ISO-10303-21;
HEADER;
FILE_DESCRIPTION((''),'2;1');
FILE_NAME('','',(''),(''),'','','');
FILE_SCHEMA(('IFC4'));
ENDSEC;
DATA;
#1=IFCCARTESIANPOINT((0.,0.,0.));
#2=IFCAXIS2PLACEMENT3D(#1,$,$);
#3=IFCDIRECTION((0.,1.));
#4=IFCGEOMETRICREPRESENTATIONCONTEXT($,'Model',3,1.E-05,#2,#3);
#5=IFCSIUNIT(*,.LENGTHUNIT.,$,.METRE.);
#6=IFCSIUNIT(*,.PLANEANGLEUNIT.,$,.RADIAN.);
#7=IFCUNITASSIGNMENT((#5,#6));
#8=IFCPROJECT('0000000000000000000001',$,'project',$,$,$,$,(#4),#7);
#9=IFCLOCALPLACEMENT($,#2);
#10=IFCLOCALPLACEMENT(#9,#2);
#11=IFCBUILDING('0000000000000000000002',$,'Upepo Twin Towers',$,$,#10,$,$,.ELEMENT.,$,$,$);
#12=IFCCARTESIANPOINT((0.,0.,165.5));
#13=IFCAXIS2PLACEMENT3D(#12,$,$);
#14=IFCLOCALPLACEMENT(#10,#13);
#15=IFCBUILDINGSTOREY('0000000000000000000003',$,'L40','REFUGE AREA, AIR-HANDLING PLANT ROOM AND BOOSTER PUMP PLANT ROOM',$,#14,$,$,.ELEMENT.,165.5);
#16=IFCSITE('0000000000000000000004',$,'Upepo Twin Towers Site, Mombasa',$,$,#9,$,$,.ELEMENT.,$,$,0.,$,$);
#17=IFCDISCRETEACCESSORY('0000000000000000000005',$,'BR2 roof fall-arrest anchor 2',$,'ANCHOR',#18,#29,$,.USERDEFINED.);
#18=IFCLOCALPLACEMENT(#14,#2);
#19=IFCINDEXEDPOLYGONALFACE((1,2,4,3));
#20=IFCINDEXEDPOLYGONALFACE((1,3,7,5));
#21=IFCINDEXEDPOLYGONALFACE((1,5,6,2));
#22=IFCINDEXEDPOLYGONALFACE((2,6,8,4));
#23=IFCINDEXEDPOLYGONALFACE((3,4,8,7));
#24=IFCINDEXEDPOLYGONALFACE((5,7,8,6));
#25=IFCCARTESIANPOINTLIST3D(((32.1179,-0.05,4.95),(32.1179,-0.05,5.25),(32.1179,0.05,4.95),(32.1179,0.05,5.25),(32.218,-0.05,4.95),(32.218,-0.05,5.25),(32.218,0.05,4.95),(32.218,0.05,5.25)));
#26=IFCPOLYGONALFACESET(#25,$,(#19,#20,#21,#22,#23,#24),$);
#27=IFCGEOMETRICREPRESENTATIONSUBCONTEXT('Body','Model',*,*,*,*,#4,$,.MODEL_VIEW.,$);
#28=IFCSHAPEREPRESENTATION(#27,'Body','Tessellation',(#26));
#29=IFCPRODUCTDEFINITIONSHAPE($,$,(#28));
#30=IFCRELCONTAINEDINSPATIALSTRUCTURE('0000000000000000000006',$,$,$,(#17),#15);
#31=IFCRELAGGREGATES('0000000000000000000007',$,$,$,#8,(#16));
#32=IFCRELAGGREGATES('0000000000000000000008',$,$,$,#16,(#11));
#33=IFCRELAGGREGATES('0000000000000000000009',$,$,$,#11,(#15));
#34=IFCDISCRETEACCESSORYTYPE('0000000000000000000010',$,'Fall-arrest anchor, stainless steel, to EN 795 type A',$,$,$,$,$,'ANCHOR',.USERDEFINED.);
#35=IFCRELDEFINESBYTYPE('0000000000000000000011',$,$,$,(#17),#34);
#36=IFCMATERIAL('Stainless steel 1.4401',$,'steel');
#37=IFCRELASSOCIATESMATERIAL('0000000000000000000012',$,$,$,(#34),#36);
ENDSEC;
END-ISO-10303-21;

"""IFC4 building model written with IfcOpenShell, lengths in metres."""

from ifc_helpers import new_model, si_unit, direction, frame, origin, origin_2d, place, context, subcontext, project, spatial, rectangle, extrude, material, material_profile, profile_set, type_object, element, save


model = new_model("IFC4")

# Units and contexts
model_context = context("Model", 3, precision=1e-05, world=origin(), true_north=direction((0.0, 1.0)))
body_context = subcontext(model_context, "Body", "Model", "MODEL_VIEW")
ifc_project = project(units=[si_unit("LENGTHUNIT", "METRE"), si_unit("PLANEANGLEUNIT", "RADIAN")], contexts=[model_context])

# Site, building, storey
site_placement = place(None, origin())
site = spatial("IfcSite", under=ifc_project, at=site_placement, Name="Upepo Twin Towers Site, Mombasa", CompositionType="ELEMENT", RefElevation=0.0)
building_placement = place(site_placement, origin())
building = spatial("IfcBuilding", under=site, at=building_placement, Name="Upepo Twin Towers", CompositionType="ELEMENT")
storey_placement = place(building_placement, frame((0.0, 0.0, 165.5)))
storey = spatial("IfcBuildingStorey", under=building, at=storey_placement, Name="L40", Description="REFUGE AREA, AIR-HANDLING PLANT ROOM AND BOOSTER PUMP PLANT ROOM", CompositionType="ELEMENT", Elevation=165.5)

# Discrete accessory
ifc_material_1 = material(Name="Stainless steel 1.4401", Category="steel")
ifc_material_profile_1 = material_profile(ifc_material_1, rectangle(XDim=0.1001, YDim=0.1001, at=origin_2d()), Name="ANCHOR POST 100x100")
ifc_profile_set_1 = profile_set([ifc_material_profile_1], Name="Stainless steel 1.4401")
discrete_accessory_type = type_object("IfcDiscreteAccessoryType", Name="Fall-arrest anchor, stainless steel, to EN 795 type A", ElementType="ANCHOR", PredefinedType="USERDEFINED", material=ifc_profile_set_1)
for number, where, z_axis, x_axis, name in (
    (1, (32.168, 0.0, 4.95), (0.0, 0.0, 1.0), (1.0, 0.0, 0.0), "BR2 roof fall-arrest anchor 2"),
):
    element("IfcDiscreteAccessory", number, at=place(storey_placement, frame(where, z_axis=z_axis, x_axis=x_axis)), inside=storey, type_object=discrete_accessory_type, Name=name, ObjectType="ANCHOR", PredefinedType="USERDEFINED", context=body_context, shape_type="SweptSolid", body=[
        extrude(rectangle(XDim=0.1001, YDim=0.1001, at=origin_2d()), origin(), (0.0, 0.0, 1.0), 0.3),
    ])

save(model, "model.ifc")
